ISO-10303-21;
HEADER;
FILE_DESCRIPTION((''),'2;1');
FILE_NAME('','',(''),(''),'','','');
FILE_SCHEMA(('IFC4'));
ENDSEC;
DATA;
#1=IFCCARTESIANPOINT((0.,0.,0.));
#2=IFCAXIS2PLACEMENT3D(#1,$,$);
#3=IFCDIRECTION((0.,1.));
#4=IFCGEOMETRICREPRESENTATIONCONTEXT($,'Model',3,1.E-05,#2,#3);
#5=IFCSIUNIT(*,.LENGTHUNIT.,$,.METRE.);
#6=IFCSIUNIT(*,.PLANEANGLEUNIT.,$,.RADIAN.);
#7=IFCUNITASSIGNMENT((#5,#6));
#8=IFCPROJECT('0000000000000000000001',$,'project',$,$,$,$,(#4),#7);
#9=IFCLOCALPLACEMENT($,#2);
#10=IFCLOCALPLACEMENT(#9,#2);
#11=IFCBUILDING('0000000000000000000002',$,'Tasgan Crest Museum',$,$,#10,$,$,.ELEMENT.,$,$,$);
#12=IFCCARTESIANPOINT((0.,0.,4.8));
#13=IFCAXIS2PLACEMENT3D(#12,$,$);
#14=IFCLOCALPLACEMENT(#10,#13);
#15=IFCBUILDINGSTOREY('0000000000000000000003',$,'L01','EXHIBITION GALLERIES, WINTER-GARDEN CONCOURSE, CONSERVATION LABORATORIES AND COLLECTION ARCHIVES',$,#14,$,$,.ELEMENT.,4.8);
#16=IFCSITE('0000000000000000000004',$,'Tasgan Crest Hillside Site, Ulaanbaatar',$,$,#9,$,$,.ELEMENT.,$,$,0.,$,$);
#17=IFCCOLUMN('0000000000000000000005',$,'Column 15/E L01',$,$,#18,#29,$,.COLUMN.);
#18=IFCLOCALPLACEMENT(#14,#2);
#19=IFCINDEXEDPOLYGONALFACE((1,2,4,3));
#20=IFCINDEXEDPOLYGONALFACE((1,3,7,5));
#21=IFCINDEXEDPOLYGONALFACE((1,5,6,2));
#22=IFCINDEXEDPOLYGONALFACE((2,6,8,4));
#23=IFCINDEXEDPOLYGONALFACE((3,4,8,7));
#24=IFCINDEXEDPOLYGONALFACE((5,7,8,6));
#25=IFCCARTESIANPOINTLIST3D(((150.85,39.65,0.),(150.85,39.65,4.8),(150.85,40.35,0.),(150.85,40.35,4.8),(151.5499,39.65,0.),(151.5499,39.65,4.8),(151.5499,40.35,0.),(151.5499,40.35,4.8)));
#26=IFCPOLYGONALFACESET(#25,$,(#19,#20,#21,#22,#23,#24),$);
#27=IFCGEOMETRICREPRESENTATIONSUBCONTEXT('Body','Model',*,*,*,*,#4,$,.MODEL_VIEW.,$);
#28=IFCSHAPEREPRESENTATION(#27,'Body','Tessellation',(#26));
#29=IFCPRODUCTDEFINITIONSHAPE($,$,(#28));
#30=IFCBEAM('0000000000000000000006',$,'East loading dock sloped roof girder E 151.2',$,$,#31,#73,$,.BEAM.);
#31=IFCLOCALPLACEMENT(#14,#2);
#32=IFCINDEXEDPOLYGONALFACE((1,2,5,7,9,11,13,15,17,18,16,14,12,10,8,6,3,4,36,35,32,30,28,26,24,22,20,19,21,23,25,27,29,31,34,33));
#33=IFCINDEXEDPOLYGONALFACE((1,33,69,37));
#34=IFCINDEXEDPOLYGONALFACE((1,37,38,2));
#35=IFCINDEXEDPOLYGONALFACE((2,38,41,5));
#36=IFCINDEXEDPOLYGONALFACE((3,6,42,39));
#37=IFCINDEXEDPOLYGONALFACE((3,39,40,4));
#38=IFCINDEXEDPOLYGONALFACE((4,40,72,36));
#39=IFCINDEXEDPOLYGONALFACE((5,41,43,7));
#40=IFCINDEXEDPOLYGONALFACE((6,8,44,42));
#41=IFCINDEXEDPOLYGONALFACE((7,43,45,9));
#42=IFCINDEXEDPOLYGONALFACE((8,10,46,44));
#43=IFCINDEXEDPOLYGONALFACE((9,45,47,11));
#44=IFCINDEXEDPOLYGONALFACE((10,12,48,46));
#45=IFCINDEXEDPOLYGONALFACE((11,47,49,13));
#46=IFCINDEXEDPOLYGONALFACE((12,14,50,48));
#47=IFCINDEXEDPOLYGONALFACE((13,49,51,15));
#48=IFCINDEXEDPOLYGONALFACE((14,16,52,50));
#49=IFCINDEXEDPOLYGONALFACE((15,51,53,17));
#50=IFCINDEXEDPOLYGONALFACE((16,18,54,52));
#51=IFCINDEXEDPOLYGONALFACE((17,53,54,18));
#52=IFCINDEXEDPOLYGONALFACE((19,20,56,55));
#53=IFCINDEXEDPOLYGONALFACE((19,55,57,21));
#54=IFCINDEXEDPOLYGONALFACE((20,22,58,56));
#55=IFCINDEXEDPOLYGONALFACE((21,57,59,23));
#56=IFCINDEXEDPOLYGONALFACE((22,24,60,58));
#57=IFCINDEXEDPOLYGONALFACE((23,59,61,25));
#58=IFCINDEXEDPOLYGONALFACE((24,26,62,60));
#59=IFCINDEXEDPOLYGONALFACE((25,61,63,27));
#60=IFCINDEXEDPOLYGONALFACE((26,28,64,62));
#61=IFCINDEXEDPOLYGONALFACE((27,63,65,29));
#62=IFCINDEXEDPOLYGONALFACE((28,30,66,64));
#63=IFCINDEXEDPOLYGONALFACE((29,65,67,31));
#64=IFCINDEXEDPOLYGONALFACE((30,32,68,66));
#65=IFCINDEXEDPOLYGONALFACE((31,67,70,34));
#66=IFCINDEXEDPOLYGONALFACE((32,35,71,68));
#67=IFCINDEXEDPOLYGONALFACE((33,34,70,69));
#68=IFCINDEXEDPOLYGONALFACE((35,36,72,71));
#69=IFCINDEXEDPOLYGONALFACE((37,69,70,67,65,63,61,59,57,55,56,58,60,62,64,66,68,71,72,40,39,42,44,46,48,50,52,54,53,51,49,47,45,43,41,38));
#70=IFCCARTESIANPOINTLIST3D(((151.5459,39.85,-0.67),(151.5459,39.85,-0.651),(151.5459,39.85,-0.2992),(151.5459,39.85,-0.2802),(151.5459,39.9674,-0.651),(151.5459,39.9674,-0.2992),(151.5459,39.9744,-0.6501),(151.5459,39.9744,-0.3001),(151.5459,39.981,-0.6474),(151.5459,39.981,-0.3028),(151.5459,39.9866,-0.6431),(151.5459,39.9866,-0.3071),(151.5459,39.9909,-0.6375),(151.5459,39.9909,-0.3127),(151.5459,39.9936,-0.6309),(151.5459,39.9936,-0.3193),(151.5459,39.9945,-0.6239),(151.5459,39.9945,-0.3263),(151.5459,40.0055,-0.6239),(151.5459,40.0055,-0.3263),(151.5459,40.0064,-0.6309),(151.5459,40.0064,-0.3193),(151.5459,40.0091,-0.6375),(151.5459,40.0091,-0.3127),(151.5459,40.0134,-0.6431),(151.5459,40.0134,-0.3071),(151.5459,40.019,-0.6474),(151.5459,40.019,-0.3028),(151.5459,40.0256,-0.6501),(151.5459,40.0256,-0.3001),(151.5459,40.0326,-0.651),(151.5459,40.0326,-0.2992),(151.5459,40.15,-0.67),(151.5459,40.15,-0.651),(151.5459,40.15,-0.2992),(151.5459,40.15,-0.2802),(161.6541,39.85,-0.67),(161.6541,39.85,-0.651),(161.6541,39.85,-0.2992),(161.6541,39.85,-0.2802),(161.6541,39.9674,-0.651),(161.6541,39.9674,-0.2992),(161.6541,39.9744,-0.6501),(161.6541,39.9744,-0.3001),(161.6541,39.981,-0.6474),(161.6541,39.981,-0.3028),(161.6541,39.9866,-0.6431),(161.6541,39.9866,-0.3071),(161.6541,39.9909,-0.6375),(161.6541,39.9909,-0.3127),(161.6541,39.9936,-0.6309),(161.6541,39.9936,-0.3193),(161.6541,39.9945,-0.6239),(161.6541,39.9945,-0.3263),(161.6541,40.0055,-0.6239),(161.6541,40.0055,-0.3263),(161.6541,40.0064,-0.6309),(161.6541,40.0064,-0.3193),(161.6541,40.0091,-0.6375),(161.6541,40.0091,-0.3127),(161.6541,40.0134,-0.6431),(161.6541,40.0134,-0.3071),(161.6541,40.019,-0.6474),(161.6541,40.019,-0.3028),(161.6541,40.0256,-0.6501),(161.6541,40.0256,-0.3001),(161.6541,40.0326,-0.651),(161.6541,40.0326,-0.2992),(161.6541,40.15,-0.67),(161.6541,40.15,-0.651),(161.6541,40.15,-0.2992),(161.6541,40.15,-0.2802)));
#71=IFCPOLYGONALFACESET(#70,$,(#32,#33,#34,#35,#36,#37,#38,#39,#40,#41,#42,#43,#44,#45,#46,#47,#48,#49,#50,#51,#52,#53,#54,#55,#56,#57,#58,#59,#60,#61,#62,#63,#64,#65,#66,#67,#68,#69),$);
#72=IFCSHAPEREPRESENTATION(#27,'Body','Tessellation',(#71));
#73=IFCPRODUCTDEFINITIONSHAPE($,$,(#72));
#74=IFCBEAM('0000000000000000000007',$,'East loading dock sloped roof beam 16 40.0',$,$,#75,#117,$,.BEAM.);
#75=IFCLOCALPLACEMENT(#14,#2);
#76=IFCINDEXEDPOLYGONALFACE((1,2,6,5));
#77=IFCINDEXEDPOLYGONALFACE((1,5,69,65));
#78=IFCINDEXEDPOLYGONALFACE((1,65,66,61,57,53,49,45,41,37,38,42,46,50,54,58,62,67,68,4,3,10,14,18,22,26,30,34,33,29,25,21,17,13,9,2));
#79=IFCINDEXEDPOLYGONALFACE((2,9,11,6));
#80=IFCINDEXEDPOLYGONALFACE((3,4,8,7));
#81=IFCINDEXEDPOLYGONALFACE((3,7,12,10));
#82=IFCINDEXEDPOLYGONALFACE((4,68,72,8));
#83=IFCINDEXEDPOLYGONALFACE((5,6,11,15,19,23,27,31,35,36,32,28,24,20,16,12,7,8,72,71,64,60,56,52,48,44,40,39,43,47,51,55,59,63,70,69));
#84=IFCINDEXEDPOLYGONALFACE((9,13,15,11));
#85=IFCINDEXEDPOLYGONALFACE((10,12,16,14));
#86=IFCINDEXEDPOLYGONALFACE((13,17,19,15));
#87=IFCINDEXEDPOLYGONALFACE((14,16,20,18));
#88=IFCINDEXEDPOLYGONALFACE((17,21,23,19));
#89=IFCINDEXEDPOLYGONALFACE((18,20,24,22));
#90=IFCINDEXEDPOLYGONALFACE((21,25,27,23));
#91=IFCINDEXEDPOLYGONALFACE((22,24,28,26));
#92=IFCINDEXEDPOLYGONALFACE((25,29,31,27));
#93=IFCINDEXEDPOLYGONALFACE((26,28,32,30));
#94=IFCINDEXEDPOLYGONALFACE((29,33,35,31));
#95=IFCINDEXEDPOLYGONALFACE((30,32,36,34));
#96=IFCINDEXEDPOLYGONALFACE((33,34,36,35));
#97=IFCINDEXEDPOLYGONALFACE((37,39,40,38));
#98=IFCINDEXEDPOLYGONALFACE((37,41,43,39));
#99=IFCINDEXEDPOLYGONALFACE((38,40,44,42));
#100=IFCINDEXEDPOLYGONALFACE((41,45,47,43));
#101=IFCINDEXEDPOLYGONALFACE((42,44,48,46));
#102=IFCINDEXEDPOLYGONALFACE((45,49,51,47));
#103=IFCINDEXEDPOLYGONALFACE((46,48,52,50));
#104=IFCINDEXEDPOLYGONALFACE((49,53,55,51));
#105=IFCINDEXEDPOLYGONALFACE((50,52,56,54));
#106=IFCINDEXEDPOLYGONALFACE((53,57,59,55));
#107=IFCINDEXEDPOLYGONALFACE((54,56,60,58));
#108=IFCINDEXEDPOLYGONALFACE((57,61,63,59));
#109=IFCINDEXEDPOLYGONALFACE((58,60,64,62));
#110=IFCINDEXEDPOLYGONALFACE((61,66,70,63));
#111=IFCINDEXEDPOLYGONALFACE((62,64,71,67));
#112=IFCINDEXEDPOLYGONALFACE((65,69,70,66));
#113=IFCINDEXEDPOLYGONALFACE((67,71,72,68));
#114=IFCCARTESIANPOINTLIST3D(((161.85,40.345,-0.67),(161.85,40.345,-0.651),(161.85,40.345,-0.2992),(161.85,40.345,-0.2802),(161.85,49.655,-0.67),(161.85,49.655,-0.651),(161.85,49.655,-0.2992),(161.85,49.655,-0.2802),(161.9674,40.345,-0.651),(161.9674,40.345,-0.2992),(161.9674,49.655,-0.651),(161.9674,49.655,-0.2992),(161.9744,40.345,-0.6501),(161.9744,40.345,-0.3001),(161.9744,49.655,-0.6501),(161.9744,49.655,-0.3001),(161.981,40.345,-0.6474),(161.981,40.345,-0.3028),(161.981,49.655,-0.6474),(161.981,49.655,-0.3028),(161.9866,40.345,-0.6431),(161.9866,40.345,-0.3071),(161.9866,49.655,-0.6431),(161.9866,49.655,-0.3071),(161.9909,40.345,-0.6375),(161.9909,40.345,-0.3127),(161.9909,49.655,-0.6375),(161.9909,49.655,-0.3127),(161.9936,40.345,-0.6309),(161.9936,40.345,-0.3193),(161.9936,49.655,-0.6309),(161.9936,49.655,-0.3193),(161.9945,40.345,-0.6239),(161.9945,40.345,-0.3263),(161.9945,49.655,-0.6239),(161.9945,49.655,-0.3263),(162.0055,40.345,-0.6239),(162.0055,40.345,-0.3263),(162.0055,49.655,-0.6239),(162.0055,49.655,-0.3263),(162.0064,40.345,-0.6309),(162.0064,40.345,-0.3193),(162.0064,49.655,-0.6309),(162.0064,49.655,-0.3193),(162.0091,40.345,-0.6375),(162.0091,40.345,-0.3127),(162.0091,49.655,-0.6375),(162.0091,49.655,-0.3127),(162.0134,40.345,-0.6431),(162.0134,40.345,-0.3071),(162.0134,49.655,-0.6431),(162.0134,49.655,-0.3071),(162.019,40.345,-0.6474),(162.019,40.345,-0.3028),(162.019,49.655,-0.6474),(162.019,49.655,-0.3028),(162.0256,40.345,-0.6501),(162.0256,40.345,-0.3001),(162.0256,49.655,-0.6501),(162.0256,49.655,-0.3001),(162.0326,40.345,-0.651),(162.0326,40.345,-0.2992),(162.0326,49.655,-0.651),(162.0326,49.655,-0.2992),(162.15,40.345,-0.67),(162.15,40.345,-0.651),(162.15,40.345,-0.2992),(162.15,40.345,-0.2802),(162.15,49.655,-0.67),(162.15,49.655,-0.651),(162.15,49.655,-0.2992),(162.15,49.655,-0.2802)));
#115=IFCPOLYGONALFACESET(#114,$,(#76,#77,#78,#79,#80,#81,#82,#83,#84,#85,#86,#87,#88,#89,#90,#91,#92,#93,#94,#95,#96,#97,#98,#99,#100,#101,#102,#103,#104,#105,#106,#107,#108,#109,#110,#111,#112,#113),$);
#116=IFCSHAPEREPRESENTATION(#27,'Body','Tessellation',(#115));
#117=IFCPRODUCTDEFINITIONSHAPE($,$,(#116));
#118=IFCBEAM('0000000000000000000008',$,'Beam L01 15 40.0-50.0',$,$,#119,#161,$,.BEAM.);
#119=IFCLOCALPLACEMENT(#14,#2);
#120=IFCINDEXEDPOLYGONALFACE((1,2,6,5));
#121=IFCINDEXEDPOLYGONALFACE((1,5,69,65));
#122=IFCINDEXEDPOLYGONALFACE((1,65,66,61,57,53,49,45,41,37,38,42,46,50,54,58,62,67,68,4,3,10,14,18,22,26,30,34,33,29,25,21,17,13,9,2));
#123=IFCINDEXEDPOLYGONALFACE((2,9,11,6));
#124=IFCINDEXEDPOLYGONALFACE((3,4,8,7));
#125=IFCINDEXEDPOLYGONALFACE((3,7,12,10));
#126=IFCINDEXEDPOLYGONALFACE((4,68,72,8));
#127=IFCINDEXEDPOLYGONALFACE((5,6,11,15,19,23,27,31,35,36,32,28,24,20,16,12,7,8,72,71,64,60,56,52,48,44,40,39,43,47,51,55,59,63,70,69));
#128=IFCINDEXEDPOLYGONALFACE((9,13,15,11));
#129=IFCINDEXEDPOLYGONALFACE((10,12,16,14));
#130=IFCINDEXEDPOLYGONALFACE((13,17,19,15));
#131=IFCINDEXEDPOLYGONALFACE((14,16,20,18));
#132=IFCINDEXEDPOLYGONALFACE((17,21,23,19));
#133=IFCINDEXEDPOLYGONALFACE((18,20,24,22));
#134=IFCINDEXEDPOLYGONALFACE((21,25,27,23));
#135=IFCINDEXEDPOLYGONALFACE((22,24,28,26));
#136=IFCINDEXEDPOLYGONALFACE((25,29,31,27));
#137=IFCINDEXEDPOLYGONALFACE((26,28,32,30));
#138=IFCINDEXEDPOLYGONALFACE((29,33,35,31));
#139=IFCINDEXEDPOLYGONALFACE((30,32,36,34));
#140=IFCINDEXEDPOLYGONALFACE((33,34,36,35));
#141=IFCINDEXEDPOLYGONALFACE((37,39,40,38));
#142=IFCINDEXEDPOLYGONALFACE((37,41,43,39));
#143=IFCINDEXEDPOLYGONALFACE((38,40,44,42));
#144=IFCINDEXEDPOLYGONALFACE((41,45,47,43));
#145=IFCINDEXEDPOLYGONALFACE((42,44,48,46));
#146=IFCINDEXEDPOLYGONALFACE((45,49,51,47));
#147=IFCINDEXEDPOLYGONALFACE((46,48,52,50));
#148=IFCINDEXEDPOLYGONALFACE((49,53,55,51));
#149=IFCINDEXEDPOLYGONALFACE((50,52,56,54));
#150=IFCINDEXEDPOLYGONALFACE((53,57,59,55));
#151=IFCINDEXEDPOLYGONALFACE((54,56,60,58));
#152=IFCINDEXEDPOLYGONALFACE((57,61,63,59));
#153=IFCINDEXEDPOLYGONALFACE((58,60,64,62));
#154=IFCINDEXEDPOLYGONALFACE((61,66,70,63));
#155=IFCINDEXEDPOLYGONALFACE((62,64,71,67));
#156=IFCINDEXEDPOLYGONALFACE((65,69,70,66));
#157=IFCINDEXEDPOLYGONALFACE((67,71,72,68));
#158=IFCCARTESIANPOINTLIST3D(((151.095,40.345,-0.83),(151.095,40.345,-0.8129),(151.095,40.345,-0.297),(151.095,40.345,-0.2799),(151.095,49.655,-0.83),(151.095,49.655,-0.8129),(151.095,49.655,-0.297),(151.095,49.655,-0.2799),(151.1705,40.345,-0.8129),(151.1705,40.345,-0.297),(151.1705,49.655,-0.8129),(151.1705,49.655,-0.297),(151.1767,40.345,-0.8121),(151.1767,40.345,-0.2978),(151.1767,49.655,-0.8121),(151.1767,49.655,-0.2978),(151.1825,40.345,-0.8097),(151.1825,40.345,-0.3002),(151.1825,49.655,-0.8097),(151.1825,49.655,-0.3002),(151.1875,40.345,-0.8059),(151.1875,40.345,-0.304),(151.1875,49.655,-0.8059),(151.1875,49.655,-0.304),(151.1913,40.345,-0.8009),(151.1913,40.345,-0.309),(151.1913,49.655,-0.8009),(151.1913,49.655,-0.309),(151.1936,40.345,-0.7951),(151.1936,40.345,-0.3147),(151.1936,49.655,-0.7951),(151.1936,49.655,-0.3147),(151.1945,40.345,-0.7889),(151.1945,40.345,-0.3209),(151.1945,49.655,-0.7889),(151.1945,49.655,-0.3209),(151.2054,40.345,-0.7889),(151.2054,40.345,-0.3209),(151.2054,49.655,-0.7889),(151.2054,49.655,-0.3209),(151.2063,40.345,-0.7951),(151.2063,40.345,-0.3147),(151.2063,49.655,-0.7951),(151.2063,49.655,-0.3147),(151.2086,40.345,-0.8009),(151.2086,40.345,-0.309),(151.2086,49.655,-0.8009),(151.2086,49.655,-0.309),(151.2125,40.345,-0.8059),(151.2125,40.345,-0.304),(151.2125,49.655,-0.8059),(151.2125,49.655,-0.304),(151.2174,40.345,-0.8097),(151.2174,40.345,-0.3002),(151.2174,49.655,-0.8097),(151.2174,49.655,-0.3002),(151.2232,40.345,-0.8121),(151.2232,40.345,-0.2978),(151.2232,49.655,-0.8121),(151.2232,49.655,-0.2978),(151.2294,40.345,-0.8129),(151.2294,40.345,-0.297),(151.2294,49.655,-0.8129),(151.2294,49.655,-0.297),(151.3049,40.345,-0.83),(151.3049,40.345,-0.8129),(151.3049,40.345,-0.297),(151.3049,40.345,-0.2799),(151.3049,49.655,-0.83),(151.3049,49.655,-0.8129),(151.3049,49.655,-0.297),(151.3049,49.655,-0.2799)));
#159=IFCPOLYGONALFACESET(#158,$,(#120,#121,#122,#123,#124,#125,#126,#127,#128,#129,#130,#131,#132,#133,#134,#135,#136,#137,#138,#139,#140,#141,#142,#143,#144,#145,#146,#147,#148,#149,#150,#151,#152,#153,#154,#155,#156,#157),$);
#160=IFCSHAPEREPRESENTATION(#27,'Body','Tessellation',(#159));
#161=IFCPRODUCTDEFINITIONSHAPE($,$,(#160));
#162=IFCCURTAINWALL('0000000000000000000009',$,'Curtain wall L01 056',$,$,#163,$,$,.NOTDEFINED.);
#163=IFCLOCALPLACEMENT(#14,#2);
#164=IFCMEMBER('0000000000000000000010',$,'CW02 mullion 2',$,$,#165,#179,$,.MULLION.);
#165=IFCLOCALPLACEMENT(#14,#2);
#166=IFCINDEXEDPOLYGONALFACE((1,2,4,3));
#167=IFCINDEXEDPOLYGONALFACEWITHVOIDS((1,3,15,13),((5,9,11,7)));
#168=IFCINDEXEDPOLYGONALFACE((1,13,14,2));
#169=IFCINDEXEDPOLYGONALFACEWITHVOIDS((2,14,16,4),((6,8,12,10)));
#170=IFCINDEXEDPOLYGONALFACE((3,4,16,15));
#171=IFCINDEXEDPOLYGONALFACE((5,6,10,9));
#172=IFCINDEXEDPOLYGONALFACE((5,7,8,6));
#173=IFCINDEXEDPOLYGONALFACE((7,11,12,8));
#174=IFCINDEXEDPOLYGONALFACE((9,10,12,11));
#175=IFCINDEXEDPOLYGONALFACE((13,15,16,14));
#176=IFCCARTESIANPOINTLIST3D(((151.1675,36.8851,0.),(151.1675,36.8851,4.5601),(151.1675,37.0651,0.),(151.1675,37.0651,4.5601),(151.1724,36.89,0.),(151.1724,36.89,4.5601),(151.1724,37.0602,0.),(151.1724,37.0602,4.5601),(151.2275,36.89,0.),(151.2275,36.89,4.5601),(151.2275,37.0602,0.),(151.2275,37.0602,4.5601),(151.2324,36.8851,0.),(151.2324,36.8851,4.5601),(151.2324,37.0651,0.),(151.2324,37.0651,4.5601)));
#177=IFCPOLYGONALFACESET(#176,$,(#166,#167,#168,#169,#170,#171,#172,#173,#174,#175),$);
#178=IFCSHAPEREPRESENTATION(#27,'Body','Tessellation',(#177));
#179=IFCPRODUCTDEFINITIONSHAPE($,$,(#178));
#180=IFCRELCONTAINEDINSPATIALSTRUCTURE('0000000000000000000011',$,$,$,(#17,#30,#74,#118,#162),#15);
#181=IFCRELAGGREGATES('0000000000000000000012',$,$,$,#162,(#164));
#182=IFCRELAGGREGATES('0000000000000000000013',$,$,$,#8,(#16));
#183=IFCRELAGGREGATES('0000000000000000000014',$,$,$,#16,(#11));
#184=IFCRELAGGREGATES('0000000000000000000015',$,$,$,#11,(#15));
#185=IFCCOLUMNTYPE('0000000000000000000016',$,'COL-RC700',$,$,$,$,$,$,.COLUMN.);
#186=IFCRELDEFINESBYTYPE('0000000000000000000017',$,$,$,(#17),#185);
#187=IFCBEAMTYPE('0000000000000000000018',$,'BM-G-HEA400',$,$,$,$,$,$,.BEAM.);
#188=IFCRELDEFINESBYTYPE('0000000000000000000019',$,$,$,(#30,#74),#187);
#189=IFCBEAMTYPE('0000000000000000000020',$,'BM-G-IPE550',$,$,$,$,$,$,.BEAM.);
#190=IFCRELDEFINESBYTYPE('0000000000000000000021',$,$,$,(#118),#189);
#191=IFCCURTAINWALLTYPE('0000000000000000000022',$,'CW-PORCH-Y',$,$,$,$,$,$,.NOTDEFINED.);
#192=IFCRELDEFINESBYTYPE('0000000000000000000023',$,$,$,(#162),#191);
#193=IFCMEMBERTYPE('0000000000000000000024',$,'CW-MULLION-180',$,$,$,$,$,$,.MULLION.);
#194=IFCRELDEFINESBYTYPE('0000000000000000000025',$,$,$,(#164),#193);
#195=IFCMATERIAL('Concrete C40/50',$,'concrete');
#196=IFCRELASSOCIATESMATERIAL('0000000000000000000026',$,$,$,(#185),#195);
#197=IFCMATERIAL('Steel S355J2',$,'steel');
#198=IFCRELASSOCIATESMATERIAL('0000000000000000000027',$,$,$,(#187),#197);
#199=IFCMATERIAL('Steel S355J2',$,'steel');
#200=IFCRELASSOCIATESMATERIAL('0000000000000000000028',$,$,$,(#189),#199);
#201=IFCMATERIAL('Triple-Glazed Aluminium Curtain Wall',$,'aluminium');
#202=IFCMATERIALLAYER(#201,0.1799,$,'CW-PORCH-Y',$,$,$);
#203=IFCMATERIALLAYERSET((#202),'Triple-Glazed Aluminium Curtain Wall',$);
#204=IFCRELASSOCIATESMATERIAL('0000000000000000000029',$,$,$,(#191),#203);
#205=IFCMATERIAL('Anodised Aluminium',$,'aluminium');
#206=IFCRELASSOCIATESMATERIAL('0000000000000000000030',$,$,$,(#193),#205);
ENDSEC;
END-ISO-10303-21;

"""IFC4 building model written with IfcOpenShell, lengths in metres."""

from ifc_helpers import new_model, si_unit, direction, frame, origin, origin_2d, place, context, subcontext, project, spatial, rectangle, hollow_rectangle, i_section, extrude, material, layer, layer_set, material_profile, profile_set, type_object, element, aggregate, save


model = new_model("IFC4")

# Units and contexts
model_context = context("Model", 3, precision=1e-05, world=origin(), true_north=direction((0.0, 1.0)))
body_context = subcontext(model_context, "Body", "Model", "MODEL_VIEW")
ifc_project = project(units=[si_unit("LENGTHUNIT", "METRE"), si_unit("PLANEANGLEUNIT", "RADIAN")], contexts=[model_context])

# Site, building, storey
site_placement = place(None, origin())
site = spatial("IfcSite", under=ifc_project, at=site_placement, Name="Tasgan Crest Hillside Site, Ulaanbaatar", CompositionType="ELEMENT", RefElevation=0.0)
building_placement = place(site_placement, origin())
building = spatial("IfcBuilding", under=site, at=building_placement, Name="Tasgan Crest Museum", CompositionType="ELEMENT")
storey_placement = place(building_placement, frame((0.0, 0.0, 4.8)))
storey = spatial("IfcBuildingStorey", under=building, at=storey_placement, Name="L01", Description="EXHIBITION GALLERIES, WINTER-GARDEN CONCOURSE, CONSERVATION LABORATORIES AND COLLECTION ARCHIVES", CompositionType="ELEMENT", Elevation=4.8)

# Column
ifc_material_1 = material(Name="Concrete C40/50", Category="concrete")
ifc_material_profile_1 = material_profile(ifc_material_1, rectangle(XDim=0.7, YDim=0.7, at=origin_2d()), Name="RC 700x700")
ifc_profile_set_1 = profile_set([ifc_material_profile_1], Name="Concrete C40/50")
column_type = type_object("IfcColumnType", Name="COL-RC700", PredefinedType="COLUMN", material=ifc_profile_set_1)
column_placement = place(storey_placement, frame((151.2, 40.0, 0.0), z_axis=(0.0, 0.0, 1.0), x_axis=(1.0, 0.0, 0.0)))
element("IfcColumn", 1, at=column_placement, inside=storey, type_object=column_type, Name="Column 15/E L01", PredefinedType="COLUMN", context=body_context, shape_type="SweptSolid", body=[
    extrude(rectangle(XDim=0.7, YDim=0.7, at=origin_2d()), origin(), (0.0, 0.0, 1.0), 4.8),
])

# Beams
ifc_material_2 = material(Name="Steel S355J2", Category="steel")
ifc_material_profile_2 = material_profile(ifc_material_2, i_section(OverallWidth=0.3, OverallDepth=0.3899, WebThickness=0.011, FlangeThickness=0.019, FilletRadius=0.0271, at=origin_2d()), Name="HEA 400")
ifc_profile_set_2 = profile_set([ifc_material_profile_2], Name="Steel S355J2")
beam_type_1 = type_object("IfcBeamType", Name="BM-G-HEA400", PredefinedType="BEAM", material=ifc_profile_set_2)
beam_1_placement = place(storey_placement, frame((151.5459, 40.0, -0.4751), z_axis=(1.0, 0.0, 0.0), x_axis=(0.0, 1.0, 0.0)))
element("IfcBeam", 2, at=beam_1_placement, inside=storey, type_object=beam_type_1, Name="East loading dock sloped roof girder E 151.2", PredefinedType="BEAM", context=body_context, shape_type="SweptSolid", body=[
    extrude(i_section(OverallWidth=0.3, OverallDepth=0.3899, WebThickness=0.011, FlangeThickness=0.019, FilletRadius=0.0271, at=origin_2d()), origin(), (0.0, 0.0, 1.0), 10.1082),
])
beam_2_placement = place(storey_placement, frame((162.0, 40.345, -0.4751), z_axis=(0.0, 1.0, 0.0), x_axis=(-1.0, 0.0, 0.0)))
element("IfcBeam", 3, at=beam_2_placement, inside=storey, type_object=beam_type_1, Name="East loading dock sloped roof beam 16 40.0", PredefinedType="BEAM", context=body_context, shape_type="SweptSolid", body=[
    extrude(i_section(OverallWidth=0.3, OverallDepth=0.3899, WebThickness=0.011, FlangeThickness=0.019, FilletRadius=0.0271, at=origin_2d()), origin(), (0.0, 0.0, 1.0), 9.3101),
])
ifc_material_3 = material(Name="Steel S355J2", Category="steel")
ifc_material_profile_3 = material_profile(ifc_material_3, i_section(OverallWidth=0.21, OverallDepth=0.55, WebThickness=0.011, FlangeThickness=0.0171, FilletRadius=0.0239, at=origin_2d()), Name="IPE 550")
ifc_profile_set_3 = profile_set([ifc_material_profile_3], Name="Steel S355J2")
beam_type_2 = type_object("IfcBeamType", Name="BM-G-IPE550", PredefinedType="BEAM", material=ifc_profile_set_3)
beam_3_placement = place(storey_placement, frame((151.2, 40.345, -0.5549), z_axis=(0.0, 1.0, 0.0), x_axis=(-1.0, 0.0, 0.0)))
element("IfcBeam", 4, at=beam_3_placement, inside=storey, type_object=beam_type_2, Name="Beam L01 15 40.0-50.0", PredefinedType="BEAM", context=body_context, shape_type="SweptSolid", body=[
    extrude(i_section(OverallWidth=0.21, OverallDepth=0.55, WebThickness=0.011, FlangeThickness=0.0171, FilletRadius=0.0239, at=origin_2d()), origin(), (0.0, 0.0, 1.0), 9.3101),
])

# Curtain wall, member
ifc_material_4 = material(Name="Triple-Glazed Aluminium Curtain Wall", Category="aluminium")
ifc_layer_1 = layer(ifc_material_4, 0.1799, Name="CW-PORCH-Y")
ifc_layer_set_1 = layer_set([ifc_layer_1], Name="Triple-Glazed Aluminium Curtain Wall")
curtain_wall_type = type_object("IfcCurtainWallType", Name="CW-PORCH-Y", PredefinedType="NOTDEFINED", material=ifc_layer_set_1)
curtain_wall_placement = place(storey_placement, origin())
curtain_wall = element("IfcCurtainWall", 5, at=curtain_wall_placement, inside=storey, type_object=curtain_wall_type, Name="Curtain wall L01 056", PredefinedType="NOTDEFINED")
ifc_material_5 = material(Name="Anodised Aluminium", Category="aluminium")
ifc_material_profile_4 = material_profile(ifc_material_5, hollow_rectangle(XDim=0.0649, YDim=0.1799, WallThickness=0.0049, at=origin_2d()), Name="ALU MULLION 180x65x5")
ifc_profile_set_4 = profile_set([ifc_material_profile_4], Name="Anodised Aluminium")
member_type_1 = type_object("IfcMemberType", Name="CW-MULLION-180", PredefinedType="MULLION", material=ifc_profile_set_4)
member_1_placement = place(storey_placement, frame((151.2, 36.9751, 0.0), z_axis=(0.0, 0.0, 1.0), x_axis=(-1.0, 0.0, 0.0)))
member_1 = element("IfcMember", 6, at=member_1_placement, type_object=member_type_1, Name="CW02 mullion 2", PredefinedType="MULLION", context=body_context, shape_type="SweptSolid", body=[
    extrude(hollow_rectangle(XDim=0.0649, YDim=0.1799, WallThickness=0.0049, at=origin_2d()), origin(), (0.0, 0.0, 1.0), 4.5601),
])
aggregate(curtain_wall, [member_1])

save(model, "model.ifc")
